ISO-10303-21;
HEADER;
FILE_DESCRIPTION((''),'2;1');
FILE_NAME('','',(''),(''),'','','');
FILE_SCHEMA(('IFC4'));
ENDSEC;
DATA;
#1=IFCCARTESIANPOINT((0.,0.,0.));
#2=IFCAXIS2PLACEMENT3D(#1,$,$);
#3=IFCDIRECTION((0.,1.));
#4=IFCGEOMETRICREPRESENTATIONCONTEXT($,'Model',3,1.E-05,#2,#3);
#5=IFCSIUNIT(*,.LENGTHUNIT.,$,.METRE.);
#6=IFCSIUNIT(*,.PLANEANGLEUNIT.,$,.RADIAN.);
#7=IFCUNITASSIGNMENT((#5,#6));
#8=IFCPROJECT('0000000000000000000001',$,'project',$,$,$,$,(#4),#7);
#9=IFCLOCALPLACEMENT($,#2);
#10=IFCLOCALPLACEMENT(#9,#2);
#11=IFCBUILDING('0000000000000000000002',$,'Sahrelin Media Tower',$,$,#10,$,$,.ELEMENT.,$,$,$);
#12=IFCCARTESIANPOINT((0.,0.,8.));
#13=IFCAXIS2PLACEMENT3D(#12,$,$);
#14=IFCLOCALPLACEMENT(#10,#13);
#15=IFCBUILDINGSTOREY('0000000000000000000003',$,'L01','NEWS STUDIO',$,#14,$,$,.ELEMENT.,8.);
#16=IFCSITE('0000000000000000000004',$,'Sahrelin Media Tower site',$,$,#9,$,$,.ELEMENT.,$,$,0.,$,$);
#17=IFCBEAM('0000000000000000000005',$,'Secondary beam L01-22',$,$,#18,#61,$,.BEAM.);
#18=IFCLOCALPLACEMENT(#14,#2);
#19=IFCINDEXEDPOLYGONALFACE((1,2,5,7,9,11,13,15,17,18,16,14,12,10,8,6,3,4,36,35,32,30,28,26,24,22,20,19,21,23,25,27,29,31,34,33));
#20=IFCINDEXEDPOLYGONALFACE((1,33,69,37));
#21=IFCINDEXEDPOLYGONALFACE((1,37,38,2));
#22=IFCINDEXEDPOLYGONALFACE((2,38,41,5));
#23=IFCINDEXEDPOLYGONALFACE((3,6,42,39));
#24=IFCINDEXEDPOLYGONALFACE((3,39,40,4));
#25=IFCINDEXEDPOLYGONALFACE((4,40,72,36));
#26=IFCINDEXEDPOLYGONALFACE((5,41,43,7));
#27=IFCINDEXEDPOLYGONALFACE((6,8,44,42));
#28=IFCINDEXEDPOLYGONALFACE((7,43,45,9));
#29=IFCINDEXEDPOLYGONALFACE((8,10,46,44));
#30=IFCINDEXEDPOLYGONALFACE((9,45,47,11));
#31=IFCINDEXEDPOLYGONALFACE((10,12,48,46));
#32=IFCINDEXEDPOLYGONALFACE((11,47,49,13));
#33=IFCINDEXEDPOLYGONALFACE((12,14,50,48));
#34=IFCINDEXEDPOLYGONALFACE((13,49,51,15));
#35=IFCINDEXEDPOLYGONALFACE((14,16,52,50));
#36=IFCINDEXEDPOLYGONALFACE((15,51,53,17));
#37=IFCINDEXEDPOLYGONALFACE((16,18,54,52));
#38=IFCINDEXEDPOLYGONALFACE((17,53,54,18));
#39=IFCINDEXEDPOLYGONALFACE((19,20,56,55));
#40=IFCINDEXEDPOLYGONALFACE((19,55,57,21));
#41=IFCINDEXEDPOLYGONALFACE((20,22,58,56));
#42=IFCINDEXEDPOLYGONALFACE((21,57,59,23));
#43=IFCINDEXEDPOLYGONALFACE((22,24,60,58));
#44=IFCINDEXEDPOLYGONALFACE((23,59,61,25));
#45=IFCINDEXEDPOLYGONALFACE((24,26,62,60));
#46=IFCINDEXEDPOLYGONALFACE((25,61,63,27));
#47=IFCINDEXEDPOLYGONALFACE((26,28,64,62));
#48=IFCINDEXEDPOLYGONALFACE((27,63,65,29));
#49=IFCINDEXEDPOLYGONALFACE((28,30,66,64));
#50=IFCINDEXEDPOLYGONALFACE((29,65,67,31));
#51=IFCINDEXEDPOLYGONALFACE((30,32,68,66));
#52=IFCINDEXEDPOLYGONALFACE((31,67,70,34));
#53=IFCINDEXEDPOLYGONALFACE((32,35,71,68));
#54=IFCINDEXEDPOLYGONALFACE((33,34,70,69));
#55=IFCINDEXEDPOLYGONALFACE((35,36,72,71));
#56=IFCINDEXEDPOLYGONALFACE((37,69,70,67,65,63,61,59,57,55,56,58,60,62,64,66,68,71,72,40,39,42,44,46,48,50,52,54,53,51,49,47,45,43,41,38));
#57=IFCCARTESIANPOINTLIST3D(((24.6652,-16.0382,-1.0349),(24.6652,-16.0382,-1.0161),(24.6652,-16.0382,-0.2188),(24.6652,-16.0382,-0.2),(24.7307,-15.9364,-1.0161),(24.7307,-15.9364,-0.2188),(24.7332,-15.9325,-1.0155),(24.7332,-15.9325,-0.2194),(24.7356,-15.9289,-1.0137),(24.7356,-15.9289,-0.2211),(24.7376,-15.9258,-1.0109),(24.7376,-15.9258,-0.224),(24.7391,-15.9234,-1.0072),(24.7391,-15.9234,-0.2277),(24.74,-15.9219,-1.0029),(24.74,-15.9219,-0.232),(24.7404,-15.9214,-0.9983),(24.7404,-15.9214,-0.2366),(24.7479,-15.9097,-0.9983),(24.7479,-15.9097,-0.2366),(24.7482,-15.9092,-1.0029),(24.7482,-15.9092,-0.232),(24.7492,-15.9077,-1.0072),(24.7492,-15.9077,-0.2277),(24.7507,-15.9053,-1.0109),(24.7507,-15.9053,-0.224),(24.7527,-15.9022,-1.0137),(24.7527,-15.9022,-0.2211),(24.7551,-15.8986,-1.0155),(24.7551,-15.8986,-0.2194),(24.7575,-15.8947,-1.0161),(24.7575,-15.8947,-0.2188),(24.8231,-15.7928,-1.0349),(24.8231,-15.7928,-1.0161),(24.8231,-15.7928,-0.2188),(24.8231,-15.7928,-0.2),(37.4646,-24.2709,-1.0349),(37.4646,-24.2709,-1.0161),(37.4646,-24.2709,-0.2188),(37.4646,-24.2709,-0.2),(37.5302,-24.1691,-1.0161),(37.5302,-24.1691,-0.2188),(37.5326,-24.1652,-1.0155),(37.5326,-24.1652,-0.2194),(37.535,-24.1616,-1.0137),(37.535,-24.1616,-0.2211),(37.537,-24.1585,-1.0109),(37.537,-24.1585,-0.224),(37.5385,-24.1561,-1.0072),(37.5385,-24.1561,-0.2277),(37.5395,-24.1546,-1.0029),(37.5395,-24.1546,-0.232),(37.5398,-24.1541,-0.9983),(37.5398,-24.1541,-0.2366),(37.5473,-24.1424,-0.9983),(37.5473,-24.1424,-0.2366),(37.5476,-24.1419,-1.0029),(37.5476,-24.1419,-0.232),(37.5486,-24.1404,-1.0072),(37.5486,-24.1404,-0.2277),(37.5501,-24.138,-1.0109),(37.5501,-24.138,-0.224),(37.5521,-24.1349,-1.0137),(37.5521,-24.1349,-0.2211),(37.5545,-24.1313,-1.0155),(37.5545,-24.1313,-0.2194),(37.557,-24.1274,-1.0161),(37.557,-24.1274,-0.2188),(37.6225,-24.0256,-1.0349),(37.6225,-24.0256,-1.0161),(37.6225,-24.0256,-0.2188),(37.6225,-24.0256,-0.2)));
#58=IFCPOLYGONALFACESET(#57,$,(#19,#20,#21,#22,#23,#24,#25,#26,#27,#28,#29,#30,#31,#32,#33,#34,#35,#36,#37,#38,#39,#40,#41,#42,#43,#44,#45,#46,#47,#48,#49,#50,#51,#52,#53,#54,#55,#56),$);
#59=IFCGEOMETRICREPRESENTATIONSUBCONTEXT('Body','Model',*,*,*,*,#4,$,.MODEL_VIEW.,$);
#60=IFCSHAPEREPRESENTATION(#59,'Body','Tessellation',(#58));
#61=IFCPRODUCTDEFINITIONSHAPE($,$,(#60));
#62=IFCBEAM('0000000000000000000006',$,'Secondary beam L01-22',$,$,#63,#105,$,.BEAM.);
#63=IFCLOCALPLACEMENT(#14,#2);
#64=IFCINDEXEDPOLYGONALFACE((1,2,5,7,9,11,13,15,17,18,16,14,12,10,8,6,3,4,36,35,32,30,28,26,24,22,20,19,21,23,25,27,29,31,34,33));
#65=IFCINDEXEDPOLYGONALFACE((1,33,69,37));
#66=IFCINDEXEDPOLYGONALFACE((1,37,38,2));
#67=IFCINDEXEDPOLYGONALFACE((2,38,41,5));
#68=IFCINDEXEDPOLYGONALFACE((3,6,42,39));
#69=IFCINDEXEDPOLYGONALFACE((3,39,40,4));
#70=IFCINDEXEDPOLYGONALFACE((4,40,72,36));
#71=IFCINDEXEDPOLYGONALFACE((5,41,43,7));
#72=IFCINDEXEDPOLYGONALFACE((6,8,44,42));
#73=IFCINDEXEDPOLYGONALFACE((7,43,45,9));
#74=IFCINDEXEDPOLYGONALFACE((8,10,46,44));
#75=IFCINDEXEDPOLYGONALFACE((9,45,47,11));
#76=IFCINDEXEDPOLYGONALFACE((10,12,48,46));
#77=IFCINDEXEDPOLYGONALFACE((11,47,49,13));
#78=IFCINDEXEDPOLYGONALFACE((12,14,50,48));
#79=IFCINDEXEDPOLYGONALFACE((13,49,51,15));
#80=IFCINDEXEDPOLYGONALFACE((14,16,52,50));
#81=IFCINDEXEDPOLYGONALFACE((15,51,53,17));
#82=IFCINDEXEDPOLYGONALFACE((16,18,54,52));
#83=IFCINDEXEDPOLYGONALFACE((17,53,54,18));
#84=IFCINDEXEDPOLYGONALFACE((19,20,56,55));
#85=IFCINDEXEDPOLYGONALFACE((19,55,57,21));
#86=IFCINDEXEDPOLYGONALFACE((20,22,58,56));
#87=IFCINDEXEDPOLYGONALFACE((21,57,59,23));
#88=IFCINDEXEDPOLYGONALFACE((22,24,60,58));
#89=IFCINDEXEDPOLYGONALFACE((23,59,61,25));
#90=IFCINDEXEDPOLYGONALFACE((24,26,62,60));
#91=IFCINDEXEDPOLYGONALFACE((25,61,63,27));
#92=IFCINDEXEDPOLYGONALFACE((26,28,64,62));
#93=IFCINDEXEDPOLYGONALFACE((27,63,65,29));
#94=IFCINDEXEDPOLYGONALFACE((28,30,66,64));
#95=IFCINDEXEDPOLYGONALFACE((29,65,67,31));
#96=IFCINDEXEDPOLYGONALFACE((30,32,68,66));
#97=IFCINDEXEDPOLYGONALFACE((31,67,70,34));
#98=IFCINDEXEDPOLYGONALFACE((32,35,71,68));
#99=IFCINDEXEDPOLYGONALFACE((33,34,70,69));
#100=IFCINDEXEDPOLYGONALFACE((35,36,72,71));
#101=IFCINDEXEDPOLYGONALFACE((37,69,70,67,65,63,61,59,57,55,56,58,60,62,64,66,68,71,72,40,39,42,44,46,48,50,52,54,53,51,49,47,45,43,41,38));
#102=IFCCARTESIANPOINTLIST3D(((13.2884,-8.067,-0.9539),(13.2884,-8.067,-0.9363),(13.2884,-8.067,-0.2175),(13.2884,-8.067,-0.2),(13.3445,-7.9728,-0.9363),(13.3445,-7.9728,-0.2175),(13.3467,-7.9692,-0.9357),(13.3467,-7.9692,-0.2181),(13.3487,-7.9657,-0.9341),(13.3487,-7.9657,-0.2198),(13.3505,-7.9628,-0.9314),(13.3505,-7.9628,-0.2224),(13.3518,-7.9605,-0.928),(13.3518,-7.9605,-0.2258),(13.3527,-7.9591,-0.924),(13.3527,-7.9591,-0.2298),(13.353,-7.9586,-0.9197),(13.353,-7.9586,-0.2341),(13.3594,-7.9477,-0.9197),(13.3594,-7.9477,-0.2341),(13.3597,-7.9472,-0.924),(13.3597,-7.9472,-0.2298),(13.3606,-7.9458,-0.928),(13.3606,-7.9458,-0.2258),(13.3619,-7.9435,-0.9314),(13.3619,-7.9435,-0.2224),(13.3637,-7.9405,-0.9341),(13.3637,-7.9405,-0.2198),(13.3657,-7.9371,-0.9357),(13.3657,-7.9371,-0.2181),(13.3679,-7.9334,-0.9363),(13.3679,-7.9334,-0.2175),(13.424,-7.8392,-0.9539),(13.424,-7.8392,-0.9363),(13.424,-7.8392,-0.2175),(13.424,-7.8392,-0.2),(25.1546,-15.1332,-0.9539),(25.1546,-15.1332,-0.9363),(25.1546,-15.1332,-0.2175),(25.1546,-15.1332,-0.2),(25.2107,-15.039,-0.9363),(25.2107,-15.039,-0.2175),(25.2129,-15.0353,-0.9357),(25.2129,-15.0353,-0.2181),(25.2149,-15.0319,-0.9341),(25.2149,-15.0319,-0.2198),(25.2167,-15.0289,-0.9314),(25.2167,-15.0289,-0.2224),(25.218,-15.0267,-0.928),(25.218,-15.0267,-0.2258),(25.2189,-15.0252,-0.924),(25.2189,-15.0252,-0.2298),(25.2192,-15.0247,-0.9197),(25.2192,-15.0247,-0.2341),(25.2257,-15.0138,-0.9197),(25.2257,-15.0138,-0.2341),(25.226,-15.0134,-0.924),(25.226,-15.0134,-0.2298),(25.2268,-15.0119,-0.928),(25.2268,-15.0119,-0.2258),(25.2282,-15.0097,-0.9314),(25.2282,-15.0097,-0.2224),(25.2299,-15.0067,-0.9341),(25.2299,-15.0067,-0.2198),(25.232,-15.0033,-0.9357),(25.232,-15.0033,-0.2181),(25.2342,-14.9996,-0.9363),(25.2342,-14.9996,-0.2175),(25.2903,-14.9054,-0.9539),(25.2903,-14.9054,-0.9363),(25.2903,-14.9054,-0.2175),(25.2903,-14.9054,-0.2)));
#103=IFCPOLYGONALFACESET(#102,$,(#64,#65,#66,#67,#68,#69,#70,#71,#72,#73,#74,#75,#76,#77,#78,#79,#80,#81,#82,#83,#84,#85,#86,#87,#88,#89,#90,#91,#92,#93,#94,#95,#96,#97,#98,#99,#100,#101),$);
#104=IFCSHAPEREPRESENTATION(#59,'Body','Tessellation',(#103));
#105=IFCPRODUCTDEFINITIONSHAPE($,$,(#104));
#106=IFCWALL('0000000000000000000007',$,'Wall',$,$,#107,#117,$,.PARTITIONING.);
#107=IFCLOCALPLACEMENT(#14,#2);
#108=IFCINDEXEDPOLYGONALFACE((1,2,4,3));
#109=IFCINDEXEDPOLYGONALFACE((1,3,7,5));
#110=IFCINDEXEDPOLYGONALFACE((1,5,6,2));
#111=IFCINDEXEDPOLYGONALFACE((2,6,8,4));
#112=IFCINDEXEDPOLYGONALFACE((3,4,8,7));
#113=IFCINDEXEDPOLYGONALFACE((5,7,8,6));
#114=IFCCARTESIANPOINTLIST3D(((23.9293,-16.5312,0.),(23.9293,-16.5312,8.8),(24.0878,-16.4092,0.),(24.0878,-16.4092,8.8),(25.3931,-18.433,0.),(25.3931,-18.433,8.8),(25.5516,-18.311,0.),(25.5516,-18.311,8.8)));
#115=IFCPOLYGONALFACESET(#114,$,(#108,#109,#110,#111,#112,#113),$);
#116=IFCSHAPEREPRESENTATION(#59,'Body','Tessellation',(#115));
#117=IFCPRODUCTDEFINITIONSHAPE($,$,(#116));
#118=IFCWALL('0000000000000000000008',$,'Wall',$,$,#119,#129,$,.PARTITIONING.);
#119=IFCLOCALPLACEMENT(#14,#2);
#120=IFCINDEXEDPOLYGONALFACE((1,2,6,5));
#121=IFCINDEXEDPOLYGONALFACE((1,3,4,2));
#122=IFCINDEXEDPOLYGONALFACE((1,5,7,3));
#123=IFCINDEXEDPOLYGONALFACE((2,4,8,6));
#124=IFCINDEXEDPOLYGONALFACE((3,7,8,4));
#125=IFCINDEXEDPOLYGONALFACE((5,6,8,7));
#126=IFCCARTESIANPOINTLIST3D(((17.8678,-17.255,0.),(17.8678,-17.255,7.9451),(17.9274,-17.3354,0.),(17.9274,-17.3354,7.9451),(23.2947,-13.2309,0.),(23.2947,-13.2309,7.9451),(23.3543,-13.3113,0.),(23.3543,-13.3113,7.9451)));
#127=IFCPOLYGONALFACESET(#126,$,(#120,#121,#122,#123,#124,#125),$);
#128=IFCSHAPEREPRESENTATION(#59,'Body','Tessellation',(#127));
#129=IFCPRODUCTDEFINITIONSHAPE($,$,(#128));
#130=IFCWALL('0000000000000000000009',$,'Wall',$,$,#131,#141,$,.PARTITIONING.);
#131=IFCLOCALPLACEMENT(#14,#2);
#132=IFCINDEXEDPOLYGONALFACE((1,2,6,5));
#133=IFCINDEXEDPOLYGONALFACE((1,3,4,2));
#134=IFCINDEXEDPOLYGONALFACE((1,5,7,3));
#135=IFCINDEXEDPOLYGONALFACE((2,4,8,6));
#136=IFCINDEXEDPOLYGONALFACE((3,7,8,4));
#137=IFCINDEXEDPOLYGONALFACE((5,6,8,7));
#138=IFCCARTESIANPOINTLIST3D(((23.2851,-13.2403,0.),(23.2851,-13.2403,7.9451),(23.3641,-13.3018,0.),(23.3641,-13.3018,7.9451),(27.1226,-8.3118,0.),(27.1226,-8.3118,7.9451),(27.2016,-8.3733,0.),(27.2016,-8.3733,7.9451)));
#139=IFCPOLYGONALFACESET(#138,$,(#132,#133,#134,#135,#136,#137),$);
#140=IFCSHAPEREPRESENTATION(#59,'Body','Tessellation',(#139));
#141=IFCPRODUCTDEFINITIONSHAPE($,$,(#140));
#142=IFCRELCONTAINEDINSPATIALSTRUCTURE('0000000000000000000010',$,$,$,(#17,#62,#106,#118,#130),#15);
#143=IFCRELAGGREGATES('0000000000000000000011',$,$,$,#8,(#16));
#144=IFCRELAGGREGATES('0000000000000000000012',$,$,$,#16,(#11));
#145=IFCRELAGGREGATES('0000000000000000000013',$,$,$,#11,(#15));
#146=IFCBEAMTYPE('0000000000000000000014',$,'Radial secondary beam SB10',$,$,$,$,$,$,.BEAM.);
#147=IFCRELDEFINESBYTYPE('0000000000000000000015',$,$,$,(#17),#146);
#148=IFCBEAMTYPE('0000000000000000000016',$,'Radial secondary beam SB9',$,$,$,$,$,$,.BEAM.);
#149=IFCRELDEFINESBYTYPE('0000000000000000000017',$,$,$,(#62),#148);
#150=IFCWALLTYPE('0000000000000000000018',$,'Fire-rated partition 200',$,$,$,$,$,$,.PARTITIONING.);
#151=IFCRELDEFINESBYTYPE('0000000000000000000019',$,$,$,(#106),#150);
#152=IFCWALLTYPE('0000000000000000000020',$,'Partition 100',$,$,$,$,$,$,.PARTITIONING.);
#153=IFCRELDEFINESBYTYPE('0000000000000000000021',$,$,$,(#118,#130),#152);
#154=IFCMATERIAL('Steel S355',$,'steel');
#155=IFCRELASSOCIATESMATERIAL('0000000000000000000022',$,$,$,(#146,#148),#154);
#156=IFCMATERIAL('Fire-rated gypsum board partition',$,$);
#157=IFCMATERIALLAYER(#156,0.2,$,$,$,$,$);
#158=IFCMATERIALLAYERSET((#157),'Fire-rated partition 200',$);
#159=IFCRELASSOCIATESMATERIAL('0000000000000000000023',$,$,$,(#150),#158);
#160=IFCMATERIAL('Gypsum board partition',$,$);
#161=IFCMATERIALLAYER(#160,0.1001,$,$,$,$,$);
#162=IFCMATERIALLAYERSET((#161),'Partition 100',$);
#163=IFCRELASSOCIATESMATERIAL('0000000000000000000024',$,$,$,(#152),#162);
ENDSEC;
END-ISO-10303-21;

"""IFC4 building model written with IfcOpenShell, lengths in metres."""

from ifc_helpers import new_model, si_unit, direction, frame, frame_2d, origin, origin_2d, place, context, subcontext, project, spatial, rectangle, i_section, extrude, material, layer, layer_set, material_profile, profile_set, type_object, element, save


model = new_model("IFC4")

# Units and contexts
model_context = context("Model", 3, precision=1e-05, world=origin(), true_north=direction((0.0, 1.0)))
body_context = subcontext(model_context, "Body", "Model", "MODEL_VIEW")
ifc_project = project(units=[si_unit("LENGTHUNIT", "METRE"), si_unit("PLANEANGLEUNIT", "RADIAN")], contexts=[model_context])

# Site, building, storey
site_placement = place(None, origin())
site = spatial("IfcSite", under=ifc_project, at=site_placement, Name="Sahrelin Media Tower site", CompositionType="ELEMENT", RefElevation=0.0)
building_placement = place(site_placement, origin())
building = spatial("IfcBuilding", under=site, at=building_placement, Name="Sahrelin Media Tower", CompositionType="ELEMENT")
storey_placement = place(building_placement, frame((0.0, 0.0, 8.0)))
storey = spatial("IfcBuildingStorey", under=building, at=storey_placement, Name="L01", Description="NEWS STUDIO", CompositionType="ELEMENT", Elevation=8.0)

# Beams
ifc_material_1 = material(Name="Steel S355", Category="steel")
ifc_material_profile_1 = material_profile(ifc_material_1, i_section(OverallWidth=0.2917, OverallDepth=0.835, WebThickness=0.0139, FlangeThickness=0.0188, FilletRadius=0.0178, at=origin_2d()), Name="UB 838x292x176")
ifc_profile_set_1 = profile_set([ifc_material_profile_1], Name="Steel S355")
beam_type_1 = type_object("IfcBeamType", Name="Radial secondary beam SB10", PredefinedType="BEAM", material=ifc_profile_set_1)
beam_1_placement = place(storey_placement, frame((24.7441, -15.9155, -0.6174), z_axis=(0.841043, -0.540968, 0.0), x_axis=(0.540968, 0.841043, 0.0)))
element("IfcBeam", 1, at=beam_1_placement, inside=storey, type_object=beam_type_1, Name="Secondary beam L01-22", PredefinedType="BEAM", context=body_context, shape_type="SweptSolid", body=[
    extrude(i_section(OverallWidth=0.2917, OverallDepth=0.835, WebThickness=0.0139, FlangeThickness=0.0188, FilletRadius=0.0178, at=origin_2d()), origin(), (0.0, 0.0, 1.0), 15.2185),
])
ifc_material_profile_2 = material_profile(ifc_material_1, i_section(OverallWidth=0.2651, OverallDepth=0.7539, WebThickness=0.0127, FlangeThickness=0.0176, FilletRadius=0.0166, at=origin_2d()), Name="UB 762x267x147")
ifc_profile_set_2 = profile_set([ifc_material_profile_2], Name="Steel S355")
beam_type_2 = type_object("IfcBeamType", Name="Radial secondary beam SB9", PredefinedType="BEAM", material=ifc_profile_set_2)
beam_2_placement = place(storey_placement, frame((13.3562, -7.9531, -0.5769), z_axis=(0.859199, -0.511641, 0.0), x_axis=(0.511641, 0.859199, 0.0)))
element("IfcBeam", 2, at=beam_2_placement, inside=storey, type_object=beam_type_2, Name="Secondary beam L01-22", PredefinedType="BEAM", context=body_context, shape_type="SweptSolid", body=[
    extrude(i_section(OverallWidth=0.2651, OverallDepth=0.7539, WebThickness=0.0127, FlangeThickness=0.0176, FilletRadius=0.0166, at=origin_2d()), origin(), (0.0, 0.0, 1.0), 13.8108),
])

# Walls
ifc_material_2 = material(Name="Fire-rated gypsum board partition")
ifc_layer_1 = layer(ifc_material_2, 0.2)
ifc_layer_set_1 = layer_set([ifc_layer_1], Name="Fire-rated partition 200")
wall_type_1 = type_object("IfcWallType", Name="Fire-rated partition 200", PredefinedType="PARTITIONING", material=ifc_layer_set_1)
wall_1_placement = place(storey_placement, frame((24.0085, -16.4702, 0.0), z_axis=(0.0, 0.0, 1.0), x_axis=(0.609947, -0.792442, 0.0)))
element("IfcWall", 3, at=wall_1_placement, inside=storey, type_object=wall_type_1, Name="Wall", PredefinedType="PARTITIONING", context=body_context, shape_type="SweptSolid", body=[
    extrude(rectangle(XDim=2.3999, YDim=0.2, at=frame_2d((1.2, 0.0))), origin(), (0.0, 0.0, 1.0), 8.8),
])
ifc_material_3 = material(Name="Gypsum board partition")
ifc_layer_2 = layer(ifc_material_3, 0.1001)
ifc_layer_set_2 = layer_set([ifc_layer_2], Name="Partition 100")
wall_type_2 = type_object("IfcWallType", Name="Partition 100", PredefinedType="PARTITIONING", material=ifc_layer_set_2)
wall_2_placement = place(storey_placement, frame((17.8977, -17.2952, 0.0), z_axis=(0.0, 0.0, 1.0), x_axis=(0.803262, 0.595626, 0.0)))
element("IfcWall", 4, at=wall_2_placement, inside=storey, type_object=wall_type_2, Name="Wall", PredefinedType="PARTITIONING", context=body_context, shape_type="SweptSolid", body=[
    extrude(rectangle(XDim=6.7561, YDim=0.1001, at=frame_2d((3.3779, 0.0))), origin(), (0.0, 0.0, 1.0), 7.9451),
])
wall_3_placement = place(storey_placement, frame((23.3247, -13.271, 0.0), z_axis=(0.0, 0.0, 1.0), x_axis=(0.614355, 0.78903, 0.0)))
element("IfcWall", 5, at=wall_3_placement, inside=storey, type_object=wall_type_2, Name="Wall", PredefinedType="PARTITIONING", context=body_context, shape_type="SweptSolid", body=[
    extrude(rectangle(XDim=6.2463, YDim=0.1001, at=frame_2d((3.123, 0.0))), origin(), (0.0, 0.0, 1.0), 7.9451),
])

save(model, "model.ifc")
